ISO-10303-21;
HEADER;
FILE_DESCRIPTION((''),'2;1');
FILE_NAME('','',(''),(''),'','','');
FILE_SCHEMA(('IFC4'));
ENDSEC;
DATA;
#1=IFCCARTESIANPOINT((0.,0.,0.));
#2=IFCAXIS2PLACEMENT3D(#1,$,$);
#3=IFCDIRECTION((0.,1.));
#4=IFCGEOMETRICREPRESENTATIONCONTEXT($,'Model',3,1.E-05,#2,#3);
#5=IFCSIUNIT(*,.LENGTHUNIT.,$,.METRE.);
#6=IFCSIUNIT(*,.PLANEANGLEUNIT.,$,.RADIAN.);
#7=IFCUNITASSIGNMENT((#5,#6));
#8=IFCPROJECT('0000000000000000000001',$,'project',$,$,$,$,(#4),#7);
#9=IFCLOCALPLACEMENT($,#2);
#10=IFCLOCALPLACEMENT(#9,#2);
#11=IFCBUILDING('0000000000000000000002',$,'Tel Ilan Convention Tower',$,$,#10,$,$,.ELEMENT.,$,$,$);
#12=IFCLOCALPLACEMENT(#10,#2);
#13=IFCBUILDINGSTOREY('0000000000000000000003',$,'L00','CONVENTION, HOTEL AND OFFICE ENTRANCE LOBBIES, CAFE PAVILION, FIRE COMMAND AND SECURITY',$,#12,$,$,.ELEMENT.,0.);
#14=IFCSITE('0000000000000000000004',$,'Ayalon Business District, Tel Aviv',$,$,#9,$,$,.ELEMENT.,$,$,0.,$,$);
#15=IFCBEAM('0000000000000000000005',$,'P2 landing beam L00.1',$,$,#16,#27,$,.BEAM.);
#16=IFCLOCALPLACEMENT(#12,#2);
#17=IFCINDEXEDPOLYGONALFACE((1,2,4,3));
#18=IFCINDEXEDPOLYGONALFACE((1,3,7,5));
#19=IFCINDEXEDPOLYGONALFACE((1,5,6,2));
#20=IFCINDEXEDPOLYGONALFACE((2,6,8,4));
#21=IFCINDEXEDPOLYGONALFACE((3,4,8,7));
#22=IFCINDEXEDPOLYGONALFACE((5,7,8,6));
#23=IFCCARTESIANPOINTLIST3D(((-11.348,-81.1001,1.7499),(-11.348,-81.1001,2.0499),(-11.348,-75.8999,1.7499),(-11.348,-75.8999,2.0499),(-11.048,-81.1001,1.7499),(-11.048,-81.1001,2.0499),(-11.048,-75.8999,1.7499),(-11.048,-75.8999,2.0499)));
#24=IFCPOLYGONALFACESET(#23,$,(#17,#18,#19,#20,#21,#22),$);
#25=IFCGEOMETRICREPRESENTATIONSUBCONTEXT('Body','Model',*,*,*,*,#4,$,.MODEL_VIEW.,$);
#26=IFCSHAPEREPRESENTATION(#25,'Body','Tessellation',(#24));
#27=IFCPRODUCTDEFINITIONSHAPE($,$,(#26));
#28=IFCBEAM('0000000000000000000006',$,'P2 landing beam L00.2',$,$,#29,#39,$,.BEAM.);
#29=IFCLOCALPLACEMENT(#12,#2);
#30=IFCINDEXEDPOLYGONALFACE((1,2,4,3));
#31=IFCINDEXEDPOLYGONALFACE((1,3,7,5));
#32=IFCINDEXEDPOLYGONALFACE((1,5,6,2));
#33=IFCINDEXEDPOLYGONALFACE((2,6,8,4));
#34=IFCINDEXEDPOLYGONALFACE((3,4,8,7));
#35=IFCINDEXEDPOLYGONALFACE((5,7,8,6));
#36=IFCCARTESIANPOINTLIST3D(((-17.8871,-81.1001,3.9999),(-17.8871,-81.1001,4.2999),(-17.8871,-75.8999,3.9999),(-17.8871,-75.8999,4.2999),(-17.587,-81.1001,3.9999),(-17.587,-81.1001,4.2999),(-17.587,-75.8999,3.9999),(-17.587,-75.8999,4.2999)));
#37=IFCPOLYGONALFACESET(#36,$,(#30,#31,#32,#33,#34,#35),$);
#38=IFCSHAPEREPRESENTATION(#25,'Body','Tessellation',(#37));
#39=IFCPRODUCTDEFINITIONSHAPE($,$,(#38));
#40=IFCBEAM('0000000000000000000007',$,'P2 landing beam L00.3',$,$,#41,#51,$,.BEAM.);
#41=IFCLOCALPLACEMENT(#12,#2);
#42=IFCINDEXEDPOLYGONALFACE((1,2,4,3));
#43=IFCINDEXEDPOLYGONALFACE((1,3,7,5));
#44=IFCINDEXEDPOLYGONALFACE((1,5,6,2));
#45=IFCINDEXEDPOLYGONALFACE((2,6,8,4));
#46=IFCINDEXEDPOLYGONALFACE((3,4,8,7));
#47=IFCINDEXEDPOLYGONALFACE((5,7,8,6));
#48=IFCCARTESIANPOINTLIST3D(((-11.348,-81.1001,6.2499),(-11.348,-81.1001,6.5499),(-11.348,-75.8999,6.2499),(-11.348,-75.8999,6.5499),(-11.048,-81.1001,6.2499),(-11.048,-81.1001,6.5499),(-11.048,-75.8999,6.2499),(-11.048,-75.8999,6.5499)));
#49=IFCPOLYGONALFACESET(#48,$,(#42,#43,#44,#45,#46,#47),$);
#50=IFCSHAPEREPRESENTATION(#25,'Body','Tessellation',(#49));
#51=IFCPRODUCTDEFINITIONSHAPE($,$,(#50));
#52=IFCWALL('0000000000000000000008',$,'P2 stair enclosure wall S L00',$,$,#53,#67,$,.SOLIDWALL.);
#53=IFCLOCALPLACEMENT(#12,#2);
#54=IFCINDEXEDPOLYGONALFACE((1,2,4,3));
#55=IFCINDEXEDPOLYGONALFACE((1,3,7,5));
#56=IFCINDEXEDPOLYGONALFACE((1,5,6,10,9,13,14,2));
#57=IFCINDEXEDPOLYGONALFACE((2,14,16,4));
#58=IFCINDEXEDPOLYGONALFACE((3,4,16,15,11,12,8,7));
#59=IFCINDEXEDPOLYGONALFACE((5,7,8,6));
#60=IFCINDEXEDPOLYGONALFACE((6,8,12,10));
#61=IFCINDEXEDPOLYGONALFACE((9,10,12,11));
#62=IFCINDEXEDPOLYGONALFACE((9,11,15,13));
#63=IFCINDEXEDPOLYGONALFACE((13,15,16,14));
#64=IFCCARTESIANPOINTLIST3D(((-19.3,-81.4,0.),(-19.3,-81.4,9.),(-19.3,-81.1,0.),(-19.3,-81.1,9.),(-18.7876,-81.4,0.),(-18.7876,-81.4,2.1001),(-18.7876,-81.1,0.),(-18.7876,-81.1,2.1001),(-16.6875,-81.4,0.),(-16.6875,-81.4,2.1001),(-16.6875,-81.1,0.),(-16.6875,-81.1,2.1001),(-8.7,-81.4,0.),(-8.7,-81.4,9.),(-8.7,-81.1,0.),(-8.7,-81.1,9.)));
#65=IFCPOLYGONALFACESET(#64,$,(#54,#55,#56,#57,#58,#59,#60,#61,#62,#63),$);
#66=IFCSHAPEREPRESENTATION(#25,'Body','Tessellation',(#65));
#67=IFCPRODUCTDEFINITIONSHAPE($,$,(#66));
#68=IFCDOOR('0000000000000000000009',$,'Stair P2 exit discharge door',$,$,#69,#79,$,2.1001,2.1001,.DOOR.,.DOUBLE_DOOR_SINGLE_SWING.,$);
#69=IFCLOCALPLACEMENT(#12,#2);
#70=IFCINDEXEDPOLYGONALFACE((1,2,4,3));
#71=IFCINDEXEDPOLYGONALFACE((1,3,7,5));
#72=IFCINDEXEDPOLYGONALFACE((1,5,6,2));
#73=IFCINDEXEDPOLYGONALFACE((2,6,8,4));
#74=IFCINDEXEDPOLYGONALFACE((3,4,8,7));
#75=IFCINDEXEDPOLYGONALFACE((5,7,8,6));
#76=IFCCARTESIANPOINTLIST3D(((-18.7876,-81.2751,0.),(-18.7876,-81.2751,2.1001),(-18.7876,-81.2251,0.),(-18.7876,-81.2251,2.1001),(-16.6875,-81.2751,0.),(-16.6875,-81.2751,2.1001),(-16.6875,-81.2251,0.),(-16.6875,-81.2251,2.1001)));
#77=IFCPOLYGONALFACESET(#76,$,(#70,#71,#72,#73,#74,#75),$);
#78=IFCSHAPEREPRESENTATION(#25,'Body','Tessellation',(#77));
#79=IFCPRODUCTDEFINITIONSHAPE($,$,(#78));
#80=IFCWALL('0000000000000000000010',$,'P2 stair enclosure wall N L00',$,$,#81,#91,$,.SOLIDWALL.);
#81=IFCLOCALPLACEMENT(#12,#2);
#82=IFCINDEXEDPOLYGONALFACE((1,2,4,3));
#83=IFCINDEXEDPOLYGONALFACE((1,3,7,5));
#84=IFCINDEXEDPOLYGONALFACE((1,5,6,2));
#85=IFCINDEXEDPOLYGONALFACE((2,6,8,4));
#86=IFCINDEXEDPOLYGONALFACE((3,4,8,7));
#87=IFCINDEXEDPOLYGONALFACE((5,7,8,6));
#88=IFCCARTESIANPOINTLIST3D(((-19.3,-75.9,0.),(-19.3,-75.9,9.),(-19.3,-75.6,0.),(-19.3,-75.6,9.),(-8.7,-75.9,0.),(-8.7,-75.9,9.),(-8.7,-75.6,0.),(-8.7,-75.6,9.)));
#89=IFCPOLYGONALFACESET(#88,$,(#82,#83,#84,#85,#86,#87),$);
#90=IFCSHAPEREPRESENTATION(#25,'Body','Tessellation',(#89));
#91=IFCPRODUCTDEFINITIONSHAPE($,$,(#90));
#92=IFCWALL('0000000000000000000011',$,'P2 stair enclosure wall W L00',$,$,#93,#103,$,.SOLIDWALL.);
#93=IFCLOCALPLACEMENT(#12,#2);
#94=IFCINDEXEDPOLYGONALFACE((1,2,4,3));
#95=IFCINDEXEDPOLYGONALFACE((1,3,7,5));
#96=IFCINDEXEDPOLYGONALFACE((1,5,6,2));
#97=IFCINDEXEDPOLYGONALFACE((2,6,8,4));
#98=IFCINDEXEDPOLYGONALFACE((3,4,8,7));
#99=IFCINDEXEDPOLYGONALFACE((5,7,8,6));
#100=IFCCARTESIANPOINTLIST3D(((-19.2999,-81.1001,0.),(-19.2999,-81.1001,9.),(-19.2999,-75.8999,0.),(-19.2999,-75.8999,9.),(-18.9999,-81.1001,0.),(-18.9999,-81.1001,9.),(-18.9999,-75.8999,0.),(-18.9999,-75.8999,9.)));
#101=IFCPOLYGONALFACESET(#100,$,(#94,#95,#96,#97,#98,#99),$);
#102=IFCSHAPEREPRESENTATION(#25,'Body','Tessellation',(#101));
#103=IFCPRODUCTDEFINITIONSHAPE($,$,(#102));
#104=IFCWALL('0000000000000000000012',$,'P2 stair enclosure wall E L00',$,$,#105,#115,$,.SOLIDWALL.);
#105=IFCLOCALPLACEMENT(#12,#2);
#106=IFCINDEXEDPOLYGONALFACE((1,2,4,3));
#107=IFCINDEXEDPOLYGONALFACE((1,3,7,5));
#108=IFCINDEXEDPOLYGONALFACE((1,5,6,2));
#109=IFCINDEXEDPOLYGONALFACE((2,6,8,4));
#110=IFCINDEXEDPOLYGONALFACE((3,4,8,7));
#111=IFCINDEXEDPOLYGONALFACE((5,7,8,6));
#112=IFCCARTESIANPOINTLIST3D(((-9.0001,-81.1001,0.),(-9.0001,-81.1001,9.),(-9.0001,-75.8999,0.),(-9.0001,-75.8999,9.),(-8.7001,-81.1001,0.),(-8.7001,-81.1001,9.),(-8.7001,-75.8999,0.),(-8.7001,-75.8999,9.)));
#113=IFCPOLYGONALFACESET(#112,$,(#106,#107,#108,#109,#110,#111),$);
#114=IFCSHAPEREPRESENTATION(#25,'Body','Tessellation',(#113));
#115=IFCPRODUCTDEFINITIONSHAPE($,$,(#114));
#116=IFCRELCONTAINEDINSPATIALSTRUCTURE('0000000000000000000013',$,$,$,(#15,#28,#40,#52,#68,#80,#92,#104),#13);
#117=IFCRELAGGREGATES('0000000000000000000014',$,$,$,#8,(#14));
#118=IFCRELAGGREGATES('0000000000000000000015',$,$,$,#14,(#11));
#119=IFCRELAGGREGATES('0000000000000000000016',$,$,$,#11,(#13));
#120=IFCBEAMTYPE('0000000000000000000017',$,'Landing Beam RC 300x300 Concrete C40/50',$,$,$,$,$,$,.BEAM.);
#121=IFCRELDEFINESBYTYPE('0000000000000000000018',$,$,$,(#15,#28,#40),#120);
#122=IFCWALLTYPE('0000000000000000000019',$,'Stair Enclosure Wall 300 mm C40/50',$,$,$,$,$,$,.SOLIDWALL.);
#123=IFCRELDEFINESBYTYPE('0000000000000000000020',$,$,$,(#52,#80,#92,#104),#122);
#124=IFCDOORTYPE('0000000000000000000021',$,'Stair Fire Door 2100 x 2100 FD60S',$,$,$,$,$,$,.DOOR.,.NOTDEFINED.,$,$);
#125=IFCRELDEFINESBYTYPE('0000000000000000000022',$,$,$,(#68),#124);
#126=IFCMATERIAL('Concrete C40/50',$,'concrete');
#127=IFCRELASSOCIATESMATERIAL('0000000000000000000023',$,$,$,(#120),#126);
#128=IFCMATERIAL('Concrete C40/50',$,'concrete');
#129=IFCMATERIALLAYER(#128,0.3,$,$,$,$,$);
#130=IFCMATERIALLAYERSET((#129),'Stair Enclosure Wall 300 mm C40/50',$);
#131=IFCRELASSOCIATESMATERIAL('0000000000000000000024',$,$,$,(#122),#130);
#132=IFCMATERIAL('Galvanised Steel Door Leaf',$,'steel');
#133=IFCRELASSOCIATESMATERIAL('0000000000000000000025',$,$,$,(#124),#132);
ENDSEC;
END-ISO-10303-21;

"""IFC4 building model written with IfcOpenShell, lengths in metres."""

from ifc_helpers import new_model, si_unit, direction, frame, frame_2d, origin, origin_2d, place, context, subcontext, project, spatial, rectangle, extrude, material, layer, layer_set, material_profile, profile_set, type_object, element, fill, save


model = new_model("IFC4")

# Units and contexts
model_context = context("Model", 3, precision=1e-05, world=origin(), true_north=direction((0.0, 1.0)))
body_context = subcontext(model_context, "Body", "Model", "MODEL_VIEW")
ifc_project = project(units=[si_unit("LENGTHUNIT", "METRE"), si_unit("PLANEANGLEUNIT", "RADIAN")], contexts=[model_context])

# Site, building, storey
site_placement = place(None, origin())
site = spatial("IfcSite", under=ifc_project, at=site_placement, Name="Ayalon Business District, Tel Aviv", CompositionType="ELEMENT", RefElevation=0.0)
building_placement = place(site_placement, origin())
building = spatial("IfcBuilding", under=site, at=building_placement, Name="Tel Ilan Convention Tower", CompositionType="ELEMENT")
storey_placement = place(building_placement, origin())
storey = spatial("IfcBuildingStorey", under=building, at=storey_placement, Name="L00", Description="CONVENTION, HOTEL AND OFFICE ENTRANCE LOBBIES, CAFE PAVILION, FIRE COMMAND AND SECURITY", CompositionType="ELEMENT", Elevation=0.0)

# Beams
ifc_material_1 = material(Name="Concrete C40/50", Category="concrete")
ifc_material_profile = material_profile(ifc_material_1, rectangle(XDim=0.3, YDim=0.3, at=origin_2d()), Name="RC 300x300")
ifc_profile_set = profile_set([ifc_material_profile], Name="Concrete C40/50")
beam_type = type_object("IfcBeamType", Name="Landing Beam RC 300x300 Concrete C40/50", PredefinedType="BEAM", material=ifc_profile_set)
for number, where, z_axis, x_axis, name in (
    (1, (-11.198, -81.1001, 1.8999), (0.0, 1.0, 0.0), (-1.0, 0.0, 0.0), "P2 landing beam L00.1"),
    (2, (-17.7371, -81.1001, 4.1499), (0.0, 1.0, 0.0), (-1.0, 0.0, 0.0), "P2 landing beam L00.2"),
    (3, (-11.198, -81.1001, 6.3999), (0.0, 1.0, 0.0), (-1.0, 0.0, 0.0), "P2 landing beam L00.3"),
):
    element("IfcBeam", number, at=place(storey_placement, frame(where, z_axis=z_axis, x_axis=x_axis)), inside=storey, type_object=beam_type, Name=name, PredefinedType="BEAM", context=body_context, shape_type="SweptSolid", body=[
        extrude(rectangle(XDim=0.3, YDim=0.3, at=origin_2d()), origin(), (0.0, 0.0, 1.0), 5.2002),
    ])

# Wall, opening, door
ifc_material_2 = material(Name="Concrete C40/50", Category="concrete")
ifc_layer = layer(ifc_material_2, 0.3)
ifc_layer_set = layer_set([ifc_layer], Name="Stair Enclosure Wall 300 mm C40/50")
wall_type = type_object("IfcWallType", Name="Stair Enclosure Wall 300 mm C40/50", PredefinedType="SOLIDWALL", material=ifc_layer_set)
wall_1_placement = place(storey_placement, frame((-19.3, -81.25, 0.0), z_axis=(0.0, 0.0, 1.0), x_axis=(1.0, 0.0, 0.0)))
wall_1 = element("IfcWall", 4, at=wall_1_placement, inside=storey, type_object=wall_type, Name="P2 stair enclosure wall S L00", PredefinedType="SOLIDWALL", context=body_context, shape_type="SweptSolid", body=[
    extrude(rectangle(XDim=10.6001, YDim=0.3, at=frame_2d((5.3, 0.0))), origin(), (0.0, 0.0, 1.0), 9.0),
])
opening_placement = place(wall_1_placement, frame((0.5125, 0.0, 0.0)))
opening = element("IfcOpeningElement", 5, at=opening_placement, cuts=wall_1, PredefinedType="OPENING", context=body_context, shape_type="SweptSolid", body=[
    extrude(rectangle(XDim=2.1001, YDim=2.1001, at=frame_2d((1.05, 1.05))), frame((0.0, 0.1599, 0.0), z_axis=(0.0, -1.0, 0.0), x_axis=(1.0, 0.0, 0.0)), (0.0, 0.0, 1.0), 0.3201),
])
ifc_material_3 = material(Name="Galvanised Steel Door Leaf", Category="steel")
door_type = type_object("IfcDoorType", Name="Stair Fire Door 2100 x 2100 FD60S", OperationType="NOTDEFINED", PredefinedType="DOOR", material=ifc_material_3)
door_placement = place(opening_placement, origin())
door = element("IfcDoor", 6, at=door_placement, inside=storey, type_object=door_type, Name="Stair P2 exit discharge door", OperationType="DOUBLE_DOOR_SINGLE_SWING", OverallHeight=2.1001, OverallWidth=2.1001, PredefinedType="DOOR", context=body_context, shape_type="SweptSolid", body=[
    extrude(rectangle(XDim=2.1001, YDim=2.1001, at=frame_2d((1.05, 1.05))), frame((0.0, 0.0249, 0.0), z_axis=(0.0, -1.0, 0.0), x_axis=(1.0, 0.0, 0.0)), (0.0, 0.0, 1.0), 0.05),
])
fill(opening, door)

# Walls
wall_2_placement = place(storey_placement, frame((-19.3, -75.75, 0.0), z_axis=(0.0, 0.0, 1.0), x_axis=(1.0, 0.0, 0.0)))
element("IfcWall", 7, at=wall_2_placement, inside=storey, type_object=wall_type, Name="P2 stair enclosure wall N L00", PredefinedType="SOLIDWALL", context=body_context, shape_type="SweptSolid", body=[
    extrude(rectangle(XDim=10.6001, YDim=0.3, at=frame_2d((5.3, 0.0))), origin(), (0.0, 0.0, 1.0), 9.0),
])
for number, where, z_axis, x_axis, name in (
    (8, (-19.1499, -81.1001, 0.0), (0.0, 0.0, 1.0), (0.0, 1.0, 0.0), "P2 stair enclosure wall W L00"),
    (9, (-8.8501, -81.1001, 0.0), (0.0, 0.0, 1.0), (0.0, 1.0, 0.0), "P2 stair enclosure wall E L00"),
):
    element("IfcWall", number, at=place(storey_placement, frame(where, z_axis=z_axis, x_axis=x_axis)), inside=storey, type_object=wall_type, Name=name, PredefinedType="SOLIDWALL", context=body_context, shape_type="SweptSolid", body=[
        extrude(rectangle(XDim=5.2002, YDim=0.3, at=frame_2d((2.6001, 0.0))), origin(), (0.0, 0.0, 1.0), 9.0),
    ])

save(model, "model.ifc")
